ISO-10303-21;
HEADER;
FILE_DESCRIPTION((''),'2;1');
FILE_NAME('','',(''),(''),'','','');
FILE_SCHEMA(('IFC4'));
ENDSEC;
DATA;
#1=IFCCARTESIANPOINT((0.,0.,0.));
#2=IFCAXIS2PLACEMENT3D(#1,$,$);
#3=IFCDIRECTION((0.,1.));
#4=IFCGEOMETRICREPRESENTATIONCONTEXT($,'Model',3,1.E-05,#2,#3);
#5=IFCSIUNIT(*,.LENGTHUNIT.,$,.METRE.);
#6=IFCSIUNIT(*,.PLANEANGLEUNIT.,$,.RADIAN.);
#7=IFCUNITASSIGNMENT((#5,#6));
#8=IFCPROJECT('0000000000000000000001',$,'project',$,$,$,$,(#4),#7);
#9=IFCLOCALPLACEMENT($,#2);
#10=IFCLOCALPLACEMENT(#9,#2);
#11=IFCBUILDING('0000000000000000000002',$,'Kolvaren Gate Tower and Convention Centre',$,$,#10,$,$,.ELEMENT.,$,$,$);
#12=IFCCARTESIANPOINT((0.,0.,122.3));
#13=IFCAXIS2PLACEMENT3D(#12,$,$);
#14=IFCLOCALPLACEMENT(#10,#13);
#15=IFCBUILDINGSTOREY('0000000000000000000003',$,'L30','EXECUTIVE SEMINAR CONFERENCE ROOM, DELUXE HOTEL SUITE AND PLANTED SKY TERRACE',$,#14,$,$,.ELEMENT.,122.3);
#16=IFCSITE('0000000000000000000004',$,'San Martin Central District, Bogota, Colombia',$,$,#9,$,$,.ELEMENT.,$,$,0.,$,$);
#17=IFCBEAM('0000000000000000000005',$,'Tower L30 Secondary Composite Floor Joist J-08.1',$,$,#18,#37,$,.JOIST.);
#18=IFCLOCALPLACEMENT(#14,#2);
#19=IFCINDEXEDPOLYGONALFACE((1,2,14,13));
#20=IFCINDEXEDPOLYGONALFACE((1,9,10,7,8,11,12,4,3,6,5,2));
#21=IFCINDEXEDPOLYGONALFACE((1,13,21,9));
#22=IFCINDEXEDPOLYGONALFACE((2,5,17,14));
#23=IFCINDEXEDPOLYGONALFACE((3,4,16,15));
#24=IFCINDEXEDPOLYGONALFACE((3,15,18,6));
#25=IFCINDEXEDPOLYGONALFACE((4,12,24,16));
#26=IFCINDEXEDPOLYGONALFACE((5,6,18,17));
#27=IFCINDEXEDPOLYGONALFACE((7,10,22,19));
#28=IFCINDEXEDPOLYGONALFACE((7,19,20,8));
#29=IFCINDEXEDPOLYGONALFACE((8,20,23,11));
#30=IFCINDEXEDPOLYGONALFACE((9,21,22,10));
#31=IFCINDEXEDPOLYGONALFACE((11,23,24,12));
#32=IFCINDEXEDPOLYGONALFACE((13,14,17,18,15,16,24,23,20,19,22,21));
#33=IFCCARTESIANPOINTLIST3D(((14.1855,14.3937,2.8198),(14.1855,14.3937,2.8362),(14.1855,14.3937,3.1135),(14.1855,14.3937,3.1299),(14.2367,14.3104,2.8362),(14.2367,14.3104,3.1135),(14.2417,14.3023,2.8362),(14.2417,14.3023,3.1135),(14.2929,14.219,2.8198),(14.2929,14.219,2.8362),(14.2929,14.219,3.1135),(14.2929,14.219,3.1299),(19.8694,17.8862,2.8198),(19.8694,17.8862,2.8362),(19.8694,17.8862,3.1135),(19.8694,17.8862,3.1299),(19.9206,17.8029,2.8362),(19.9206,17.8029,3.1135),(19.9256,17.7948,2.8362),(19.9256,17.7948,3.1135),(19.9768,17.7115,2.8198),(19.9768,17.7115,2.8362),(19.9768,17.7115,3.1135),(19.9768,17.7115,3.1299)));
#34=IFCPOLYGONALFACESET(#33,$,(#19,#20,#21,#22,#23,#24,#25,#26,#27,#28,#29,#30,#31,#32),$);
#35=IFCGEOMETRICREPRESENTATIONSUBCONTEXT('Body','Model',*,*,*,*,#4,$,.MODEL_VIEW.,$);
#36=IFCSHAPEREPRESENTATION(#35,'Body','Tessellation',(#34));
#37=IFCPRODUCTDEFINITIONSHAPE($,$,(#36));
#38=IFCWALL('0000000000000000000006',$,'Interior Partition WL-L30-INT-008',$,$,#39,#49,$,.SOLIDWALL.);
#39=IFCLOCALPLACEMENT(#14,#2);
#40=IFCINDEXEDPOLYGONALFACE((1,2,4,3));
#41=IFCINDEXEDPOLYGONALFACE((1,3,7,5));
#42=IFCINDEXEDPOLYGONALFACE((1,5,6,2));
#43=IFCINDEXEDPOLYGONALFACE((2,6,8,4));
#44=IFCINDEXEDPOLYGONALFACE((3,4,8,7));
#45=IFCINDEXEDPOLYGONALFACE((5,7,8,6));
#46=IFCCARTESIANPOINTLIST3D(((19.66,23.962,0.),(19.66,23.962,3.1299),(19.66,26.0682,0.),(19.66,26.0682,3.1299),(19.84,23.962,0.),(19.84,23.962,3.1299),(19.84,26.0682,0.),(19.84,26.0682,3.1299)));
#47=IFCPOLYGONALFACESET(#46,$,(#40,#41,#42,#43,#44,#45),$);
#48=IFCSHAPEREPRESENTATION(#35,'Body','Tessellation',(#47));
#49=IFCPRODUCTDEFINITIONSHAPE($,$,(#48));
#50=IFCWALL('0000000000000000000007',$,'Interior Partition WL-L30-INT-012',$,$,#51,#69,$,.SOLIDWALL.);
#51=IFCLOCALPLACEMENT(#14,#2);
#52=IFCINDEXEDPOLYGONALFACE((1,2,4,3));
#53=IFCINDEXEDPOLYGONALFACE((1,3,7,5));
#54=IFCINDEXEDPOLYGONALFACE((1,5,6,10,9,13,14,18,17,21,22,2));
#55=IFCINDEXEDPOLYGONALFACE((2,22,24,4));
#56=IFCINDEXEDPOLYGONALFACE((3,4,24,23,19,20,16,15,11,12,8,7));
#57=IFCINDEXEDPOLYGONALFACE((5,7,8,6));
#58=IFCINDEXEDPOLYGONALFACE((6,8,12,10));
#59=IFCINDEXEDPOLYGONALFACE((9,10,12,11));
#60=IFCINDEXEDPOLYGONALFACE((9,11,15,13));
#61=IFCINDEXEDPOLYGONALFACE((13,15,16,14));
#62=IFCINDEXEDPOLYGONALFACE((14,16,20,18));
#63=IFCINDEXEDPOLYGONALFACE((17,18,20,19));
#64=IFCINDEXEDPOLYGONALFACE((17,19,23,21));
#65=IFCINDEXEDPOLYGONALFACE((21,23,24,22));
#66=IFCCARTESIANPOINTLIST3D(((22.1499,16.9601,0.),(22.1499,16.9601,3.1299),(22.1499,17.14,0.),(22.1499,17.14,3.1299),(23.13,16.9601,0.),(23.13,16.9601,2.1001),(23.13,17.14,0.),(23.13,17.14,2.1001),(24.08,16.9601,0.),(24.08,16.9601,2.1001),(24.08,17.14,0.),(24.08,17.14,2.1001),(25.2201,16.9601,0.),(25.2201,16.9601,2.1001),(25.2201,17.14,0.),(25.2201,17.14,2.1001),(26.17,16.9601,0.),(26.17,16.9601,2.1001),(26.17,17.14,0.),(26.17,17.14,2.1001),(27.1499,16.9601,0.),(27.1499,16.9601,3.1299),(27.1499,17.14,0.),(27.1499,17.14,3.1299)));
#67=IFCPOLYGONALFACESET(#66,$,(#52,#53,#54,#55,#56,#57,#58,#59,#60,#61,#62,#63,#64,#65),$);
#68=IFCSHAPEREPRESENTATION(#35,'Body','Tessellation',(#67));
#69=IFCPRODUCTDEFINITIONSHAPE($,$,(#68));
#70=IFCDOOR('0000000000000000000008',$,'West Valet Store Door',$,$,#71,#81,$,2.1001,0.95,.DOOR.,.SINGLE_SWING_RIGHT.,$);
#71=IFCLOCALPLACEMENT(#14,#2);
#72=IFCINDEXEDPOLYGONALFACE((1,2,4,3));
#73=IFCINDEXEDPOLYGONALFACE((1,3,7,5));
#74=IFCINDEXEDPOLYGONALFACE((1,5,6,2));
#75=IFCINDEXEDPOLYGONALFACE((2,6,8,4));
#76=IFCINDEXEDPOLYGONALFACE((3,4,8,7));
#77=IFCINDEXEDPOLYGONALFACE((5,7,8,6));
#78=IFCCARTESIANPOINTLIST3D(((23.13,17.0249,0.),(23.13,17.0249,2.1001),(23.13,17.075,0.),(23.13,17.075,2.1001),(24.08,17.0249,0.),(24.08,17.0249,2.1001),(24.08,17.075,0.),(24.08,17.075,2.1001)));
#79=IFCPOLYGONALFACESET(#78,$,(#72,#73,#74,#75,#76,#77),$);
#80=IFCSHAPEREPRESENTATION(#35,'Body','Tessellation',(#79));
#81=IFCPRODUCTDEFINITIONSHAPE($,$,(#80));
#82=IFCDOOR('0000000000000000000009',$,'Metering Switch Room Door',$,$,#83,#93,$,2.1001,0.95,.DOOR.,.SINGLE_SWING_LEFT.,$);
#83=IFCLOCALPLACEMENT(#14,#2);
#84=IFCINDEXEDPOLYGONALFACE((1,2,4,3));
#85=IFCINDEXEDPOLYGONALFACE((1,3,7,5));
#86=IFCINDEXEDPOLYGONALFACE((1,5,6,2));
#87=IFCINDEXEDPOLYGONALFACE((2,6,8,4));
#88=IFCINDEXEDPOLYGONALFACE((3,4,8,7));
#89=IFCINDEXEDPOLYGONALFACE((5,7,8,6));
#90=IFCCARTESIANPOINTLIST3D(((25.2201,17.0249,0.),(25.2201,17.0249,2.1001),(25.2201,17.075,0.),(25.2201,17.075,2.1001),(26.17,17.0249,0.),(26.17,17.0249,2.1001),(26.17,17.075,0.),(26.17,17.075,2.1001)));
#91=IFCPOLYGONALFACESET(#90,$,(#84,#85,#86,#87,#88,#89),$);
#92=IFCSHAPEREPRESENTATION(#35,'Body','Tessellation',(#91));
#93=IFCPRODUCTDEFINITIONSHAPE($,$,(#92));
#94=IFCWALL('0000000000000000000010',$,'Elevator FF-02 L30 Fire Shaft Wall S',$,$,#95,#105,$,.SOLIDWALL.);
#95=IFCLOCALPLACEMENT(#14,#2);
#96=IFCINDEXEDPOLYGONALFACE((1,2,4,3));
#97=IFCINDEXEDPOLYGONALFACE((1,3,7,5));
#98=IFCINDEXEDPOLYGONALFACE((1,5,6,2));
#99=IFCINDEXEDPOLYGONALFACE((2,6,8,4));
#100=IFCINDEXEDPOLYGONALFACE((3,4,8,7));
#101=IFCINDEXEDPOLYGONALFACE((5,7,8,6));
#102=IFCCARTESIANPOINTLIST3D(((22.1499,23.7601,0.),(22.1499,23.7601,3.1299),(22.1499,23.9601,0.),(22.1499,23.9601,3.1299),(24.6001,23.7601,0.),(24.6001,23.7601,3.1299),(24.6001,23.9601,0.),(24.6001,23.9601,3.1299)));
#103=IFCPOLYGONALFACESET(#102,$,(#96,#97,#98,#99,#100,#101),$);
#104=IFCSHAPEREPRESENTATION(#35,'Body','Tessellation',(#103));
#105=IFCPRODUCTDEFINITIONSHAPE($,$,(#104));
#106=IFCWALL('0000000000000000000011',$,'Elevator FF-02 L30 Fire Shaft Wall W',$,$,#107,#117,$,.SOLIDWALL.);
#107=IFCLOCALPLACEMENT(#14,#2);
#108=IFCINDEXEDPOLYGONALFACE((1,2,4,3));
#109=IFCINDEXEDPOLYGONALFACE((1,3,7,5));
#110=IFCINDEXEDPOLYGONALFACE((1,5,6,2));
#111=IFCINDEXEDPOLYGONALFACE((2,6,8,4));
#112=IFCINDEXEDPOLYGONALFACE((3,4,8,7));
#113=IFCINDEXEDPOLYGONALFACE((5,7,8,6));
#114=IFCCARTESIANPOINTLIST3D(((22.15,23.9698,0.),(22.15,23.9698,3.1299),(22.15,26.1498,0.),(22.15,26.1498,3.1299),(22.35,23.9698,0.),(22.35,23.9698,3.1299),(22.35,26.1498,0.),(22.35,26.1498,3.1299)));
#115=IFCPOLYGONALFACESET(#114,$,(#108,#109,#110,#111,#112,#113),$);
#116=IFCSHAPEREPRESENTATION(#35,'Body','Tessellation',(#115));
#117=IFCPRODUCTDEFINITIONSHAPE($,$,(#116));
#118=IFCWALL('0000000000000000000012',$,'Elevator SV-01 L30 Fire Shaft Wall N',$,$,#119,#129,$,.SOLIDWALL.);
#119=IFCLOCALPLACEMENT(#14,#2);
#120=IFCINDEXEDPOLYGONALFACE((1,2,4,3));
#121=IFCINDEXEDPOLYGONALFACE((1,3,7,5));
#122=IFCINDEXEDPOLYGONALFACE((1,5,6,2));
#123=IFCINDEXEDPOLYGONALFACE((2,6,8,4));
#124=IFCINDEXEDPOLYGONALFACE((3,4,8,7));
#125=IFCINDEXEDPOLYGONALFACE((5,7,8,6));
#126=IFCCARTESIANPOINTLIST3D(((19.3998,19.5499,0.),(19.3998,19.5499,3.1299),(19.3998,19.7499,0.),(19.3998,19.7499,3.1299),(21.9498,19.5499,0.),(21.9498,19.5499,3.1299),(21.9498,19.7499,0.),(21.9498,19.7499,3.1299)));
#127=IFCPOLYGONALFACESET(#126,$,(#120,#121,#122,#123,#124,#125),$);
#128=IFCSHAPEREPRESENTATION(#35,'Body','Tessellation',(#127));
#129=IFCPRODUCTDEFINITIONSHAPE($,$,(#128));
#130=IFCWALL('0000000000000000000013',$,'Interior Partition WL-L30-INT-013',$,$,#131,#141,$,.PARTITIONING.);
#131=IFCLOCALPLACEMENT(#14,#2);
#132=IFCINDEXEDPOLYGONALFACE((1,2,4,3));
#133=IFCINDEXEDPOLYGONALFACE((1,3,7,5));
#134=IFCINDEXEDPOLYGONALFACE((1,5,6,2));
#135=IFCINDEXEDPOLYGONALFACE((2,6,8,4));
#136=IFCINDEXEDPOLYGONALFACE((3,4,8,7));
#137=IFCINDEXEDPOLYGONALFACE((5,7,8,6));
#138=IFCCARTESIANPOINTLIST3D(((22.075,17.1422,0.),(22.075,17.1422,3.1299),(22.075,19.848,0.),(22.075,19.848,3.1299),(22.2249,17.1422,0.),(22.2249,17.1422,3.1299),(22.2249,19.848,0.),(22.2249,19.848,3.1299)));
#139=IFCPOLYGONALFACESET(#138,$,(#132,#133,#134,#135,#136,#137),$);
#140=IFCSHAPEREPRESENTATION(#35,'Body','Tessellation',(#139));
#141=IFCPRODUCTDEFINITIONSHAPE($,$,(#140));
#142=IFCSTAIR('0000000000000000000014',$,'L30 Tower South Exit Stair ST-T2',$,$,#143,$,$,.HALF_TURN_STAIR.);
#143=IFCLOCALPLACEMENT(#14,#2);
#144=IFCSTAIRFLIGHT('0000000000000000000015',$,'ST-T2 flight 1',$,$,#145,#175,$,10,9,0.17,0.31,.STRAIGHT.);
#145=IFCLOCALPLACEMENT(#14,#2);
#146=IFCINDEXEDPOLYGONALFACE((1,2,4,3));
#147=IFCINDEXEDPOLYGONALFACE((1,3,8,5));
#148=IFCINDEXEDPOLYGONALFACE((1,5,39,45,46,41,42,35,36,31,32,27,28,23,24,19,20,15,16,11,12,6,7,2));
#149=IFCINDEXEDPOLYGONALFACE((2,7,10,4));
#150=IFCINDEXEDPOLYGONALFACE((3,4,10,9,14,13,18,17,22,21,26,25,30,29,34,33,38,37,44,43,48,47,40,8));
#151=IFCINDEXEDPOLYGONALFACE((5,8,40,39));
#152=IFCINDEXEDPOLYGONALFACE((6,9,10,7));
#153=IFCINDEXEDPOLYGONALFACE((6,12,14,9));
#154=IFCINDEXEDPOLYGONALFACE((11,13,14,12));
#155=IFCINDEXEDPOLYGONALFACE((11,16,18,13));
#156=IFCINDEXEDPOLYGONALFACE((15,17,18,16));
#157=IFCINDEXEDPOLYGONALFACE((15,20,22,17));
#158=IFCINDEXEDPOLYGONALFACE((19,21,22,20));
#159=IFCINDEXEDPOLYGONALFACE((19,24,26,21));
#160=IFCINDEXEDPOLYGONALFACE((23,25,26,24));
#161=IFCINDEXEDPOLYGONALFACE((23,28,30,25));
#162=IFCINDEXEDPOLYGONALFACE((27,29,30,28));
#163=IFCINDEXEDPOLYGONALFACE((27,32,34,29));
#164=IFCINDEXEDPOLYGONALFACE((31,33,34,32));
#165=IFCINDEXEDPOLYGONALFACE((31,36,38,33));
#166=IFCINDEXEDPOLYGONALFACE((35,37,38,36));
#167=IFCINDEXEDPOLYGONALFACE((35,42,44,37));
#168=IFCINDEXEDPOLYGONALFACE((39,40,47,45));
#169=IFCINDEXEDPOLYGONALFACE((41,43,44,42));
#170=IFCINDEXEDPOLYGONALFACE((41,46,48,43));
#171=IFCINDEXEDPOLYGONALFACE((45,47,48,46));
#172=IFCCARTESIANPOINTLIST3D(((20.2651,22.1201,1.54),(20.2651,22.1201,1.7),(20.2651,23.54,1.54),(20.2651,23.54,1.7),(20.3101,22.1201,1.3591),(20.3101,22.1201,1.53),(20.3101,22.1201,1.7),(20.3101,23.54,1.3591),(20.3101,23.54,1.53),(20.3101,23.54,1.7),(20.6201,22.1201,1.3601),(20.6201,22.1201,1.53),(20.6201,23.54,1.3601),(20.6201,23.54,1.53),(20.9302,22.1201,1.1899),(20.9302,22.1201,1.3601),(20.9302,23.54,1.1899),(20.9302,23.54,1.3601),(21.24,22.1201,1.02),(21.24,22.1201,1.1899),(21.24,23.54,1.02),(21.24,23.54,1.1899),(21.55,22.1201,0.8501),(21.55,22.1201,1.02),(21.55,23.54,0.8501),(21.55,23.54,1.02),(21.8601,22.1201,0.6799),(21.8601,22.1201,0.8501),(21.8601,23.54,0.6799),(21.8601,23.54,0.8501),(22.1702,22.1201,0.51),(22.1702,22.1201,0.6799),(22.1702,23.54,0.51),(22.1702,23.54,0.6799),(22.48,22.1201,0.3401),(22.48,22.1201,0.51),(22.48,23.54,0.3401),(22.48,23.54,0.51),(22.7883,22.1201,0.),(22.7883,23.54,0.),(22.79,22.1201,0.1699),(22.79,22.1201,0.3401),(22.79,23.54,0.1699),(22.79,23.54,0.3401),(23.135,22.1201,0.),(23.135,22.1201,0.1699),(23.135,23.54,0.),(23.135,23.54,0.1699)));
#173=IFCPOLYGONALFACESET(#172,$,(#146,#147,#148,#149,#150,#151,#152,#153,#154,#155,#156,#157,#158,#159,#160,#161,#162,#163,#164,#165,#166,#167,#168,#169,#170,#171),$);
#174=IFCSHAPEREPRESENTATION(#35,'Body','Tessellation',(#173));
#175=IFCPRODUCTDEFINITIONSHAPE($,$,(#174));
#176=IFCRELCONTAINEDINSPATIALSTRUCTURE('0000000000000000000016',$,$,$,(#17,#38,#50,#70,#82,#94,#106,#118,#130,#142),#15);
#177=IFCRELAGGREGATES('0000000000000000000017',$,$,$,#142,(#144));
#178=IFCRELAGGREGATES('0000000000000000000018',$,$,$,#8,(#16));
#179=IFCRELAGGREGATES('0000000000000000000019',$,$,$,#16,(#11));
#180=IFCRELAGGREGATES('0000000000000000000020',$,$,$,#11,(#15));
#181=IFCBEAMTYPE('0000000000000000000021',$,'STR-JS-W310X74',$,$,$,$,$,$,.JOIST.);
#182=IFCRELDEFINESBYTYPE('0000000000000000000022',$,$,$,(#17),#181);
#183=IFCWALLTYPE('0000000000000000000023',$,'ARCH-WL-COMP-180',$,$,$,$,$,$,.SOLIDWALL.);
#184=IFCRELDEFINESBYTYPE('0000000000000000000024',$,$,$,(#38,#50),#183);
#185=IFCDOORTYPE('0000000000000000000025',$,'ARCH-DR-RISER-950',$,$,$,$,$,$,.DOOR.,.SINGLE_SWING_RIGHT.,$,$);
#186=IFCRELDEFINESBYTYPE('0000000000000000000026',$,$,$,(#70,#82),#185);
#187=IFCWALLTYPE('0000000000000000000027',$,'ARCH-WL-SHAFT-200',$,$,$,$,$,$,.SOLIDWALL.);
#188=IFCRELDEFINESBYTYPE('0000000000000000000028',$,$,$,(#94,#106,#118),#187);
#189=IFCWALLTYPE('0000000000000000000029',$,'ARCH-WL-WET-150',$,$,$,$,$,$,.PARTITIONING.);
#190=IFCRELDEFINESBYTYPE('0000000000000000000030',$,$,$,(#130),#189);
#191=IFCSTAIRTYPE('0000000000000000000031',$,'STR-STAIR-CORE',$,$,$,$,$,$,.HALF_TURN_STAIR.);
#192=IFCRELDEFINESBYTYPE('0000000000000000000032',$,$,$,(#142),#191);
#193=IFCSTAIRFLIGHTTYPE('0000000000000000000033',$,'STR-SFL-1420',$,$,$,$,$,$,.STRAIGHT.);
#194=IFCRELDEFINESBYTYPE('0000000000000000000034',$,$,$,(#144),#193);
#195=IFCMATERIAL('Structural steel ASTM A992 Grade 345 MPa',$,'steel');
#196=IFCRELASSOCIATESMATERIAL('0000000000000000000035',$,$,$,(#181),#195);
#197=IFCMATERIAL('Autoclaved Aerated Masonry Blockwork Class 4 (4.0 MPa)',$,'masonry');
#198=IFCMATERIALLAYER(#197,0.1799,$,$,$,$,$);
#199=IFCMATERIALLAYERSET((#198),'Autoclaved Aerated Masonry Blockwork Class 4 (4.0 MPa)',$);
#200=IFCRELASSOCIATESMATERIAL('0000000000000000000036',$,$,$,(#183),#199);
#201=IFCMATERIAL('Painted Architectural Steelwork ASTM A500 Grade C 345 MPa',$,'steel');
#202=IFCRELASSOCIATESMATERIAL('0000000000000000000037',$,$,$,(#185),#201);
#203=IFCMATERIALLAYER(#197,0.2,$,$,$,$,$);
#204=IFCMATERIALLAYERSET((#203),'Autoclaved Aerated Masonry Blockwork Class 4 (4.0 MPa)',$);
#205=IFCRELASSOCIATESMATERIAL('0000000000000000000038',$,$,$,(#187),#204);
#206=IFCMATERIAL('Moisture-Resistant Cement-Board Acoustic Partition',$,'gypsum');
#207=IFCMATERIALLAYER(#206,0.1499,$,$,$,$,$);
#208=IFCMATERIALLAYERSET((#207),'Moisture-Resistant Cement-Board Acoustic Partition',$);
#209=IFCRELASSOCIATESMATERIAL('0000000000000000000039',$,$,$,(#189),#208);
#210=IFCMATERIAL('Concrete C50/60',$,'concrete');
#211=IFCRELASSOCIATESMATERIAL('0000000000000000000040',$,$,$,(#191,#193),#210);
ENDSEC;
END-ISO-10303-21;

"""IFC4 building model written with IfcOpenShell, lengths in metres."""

from ifc_helpers import new_model, si_unit, direction, frame, frame_2d, origin, origin_2d, place, context, subcontext, project, spatial, polyline, rectangle, i_section, outline, extrude, material, layer, layer_set, material_profile, profile_set, type_object, element, fill, aggregate, save


model = new_model("IFC4")

# Units and contexts
model_context = context("Model", 3, precision=1e-05, world=origin(), true_north=direction((0.0, 1.0)))
body_context = subcontext(model_context, "Body", "Model", "MODEL_VIEW")
ifc_project = project(units=[si_unit("LENGTHUNIT", "METRE"), si_unit("PLANEANGLEUNIT", "RADIAN")], contexts=[model_context])

# Site, building, storey
site_placement = place(None, origin())
site = spatial("IfcSite", under=ifc_project, at=site_placement, Name="San Martin Central District, Bogota, Colombia", CompositionType="ELEMENT", RefElevation=0.0)
building_placement = place(site_placement, origin())
building = spatial("IfcBuilding", under=site, at=building_placement, Name="Kolvaren Gate Tower and Convention Centre", CompositionType="ELEMENT")
storey_placement = place(building_placement, frame((0.0, 0.0, 122.3)))
storey = spatial("IfcBuildingStorey", under=building, at=storey_placement, Name="L30", Description="EXECUTIVE SEMINAR CONFERENCE ROOM, DELUXE HOTEL SUITE AND PLANTED SKY TERRACE", CompositionType="ELEMENT", Elevation=122.3)

# Beam
ifc_material_1 = material(Name="Structural steel ASTM A992 Grade 345 MPa", Category="steel")
ifc_material_profile = material_profile(ifc_material_1, i_section(OverallWidth=0.2051, OverallDepth=0.3101, WebThickness=0.0095, FlangeThickness=0.0164, at=origin_2d()), Name="W310X74")
ifc_profile_set = profile_set([ifc_material_profile], Name="Structural steel ASTM A992 Grade 345 MPa")
beam_type = type_object("IfcBeamType", Name="STR-JS-W310X74", PredefinedType="JOIST", material=ifc_profile_set)
beam_placement = place(storey_placement, frame((19.9231, 17.7988, 2.9749), z_axis=(-0.852014, -0.523519, 0.0), x_axis=(0.523519, -0.852014, 0.0)))
element("IfcBeam", 1, at=beam_placement, inside=storey, type_object=beam_type, Name="Tower L30 Secondary Composite Floor Joist J-08.1", PredefinedType="JOIST", context=body_context, shape_type="SweptSolid", body=[
    extrude(i_section(OverallWidth=0.2051, OverallDepth=0.3101, WebThickness=0.0095, FlangeThickness=0.0164, at=origin_2d()), origin(), (0.0, 0.0, 1.0), 6.6711),
])

# Wall
ifc_material_2 = material(Name="Autoclaved Aerated Masonry Blockwork Class 4 (4.0 MPa)", Category="masonry")
ifc_layer_1 = layer(ifc_material_2, 0.1799)
ifc_layer_set_1 = layer_set([ifc_layer_1], Name="Autoclaved Aerated Masonry Blockwork Class 4 (4.0 MPa)")
wall_type_1 = type_object("IfcWallType", Name="ARCH-WL-COMP-180", PredefinedType="SOLIDWALL", material=ifc_layer_set_1)
wall_1_placement = place(storey_placement, frame((19.75, 23.9619, 0.0), z_axis=(0.0, 0.0, 1.0), x_axis=(0.0, 1.0, 0.0)))
element("IfcWall", 2, at=wall_1_placement, inside=storey, type_object=wall_type_1, Name="Interior Partition WL-L30-INT-008", PredefinedType="SOLIDWALL", context=body_context, shape_type="SweptSolid", body=[
    extrude(rectangle(XDim=2.1062, YDim=0.1799, at=frame_2d((1.0532, 0.0))), origin(), (0.0, 0.0, 1.0), 3.1299),
])

# Wall, openings, doors
wall_2_placement = place(storey_placement, frame((22.1499, 17.05, 0.0), z_axis=(0.0, 0.0, 1.0), x_axis=(1.0, 0.0, 0.0)))
wall_2 = element("IfcWall", 3, at=wall_2_placement, inside=storey, type_object=wall_type_1, Name="Interior Partition WL-L30-INT-012", PredefinedType="SOLIDWALL", context=body_context, shape_type="SweptSolid", body=[
    extrude(rectangle(XDim=5.0, YDim=0.1799, at=frame_2d((2.5, 0.0))), origin(), (0.0, 0.0, 1.0), 3.1299),
])
opening_1_placement = place(wall_2_placement, frame((0.98, 0.0, 0.0)))
opening_1 = element("IfcOpeningElement", 4, at=opening_1_placement, cuts=wall_2, PredefinedType="OPENING", context=body_context, shape_type="SweptSolid", body=[
    extrude(rectangle(XDim=0.95, YDim=2.1001, at=frame_2d((0.4751, 1.05))), frame((0.0, 0.0999, 0.0), z_axis=(0.0, -1.0, 0.0), x_axis=(1.0, 0.0, 0.0)), (0.0, 0.0, 1.0), 0.2),
])
opening_2_placement = place(wall_2_placement, frame((3.0701, 0.0, 0.0)))
opening_2 = element("IfcOpeningElement", 5, at=opening_2_placement, cuts=wall_2, PredefinedType="OPENING", context=body_context, shape_type="SweptSolid", body=[
    extrude(rectangle(XDim=0.95, YDim=2.1001, at=frame_2d((0.4751, 1.05))), frame((0.0, 0.0999, 0.0), z_axis=(0.0, -1.0, 0.0), x_axis=(1.0, 0.0, 0.0)), (0.0, 0.0, 1.0), 0.2),
])
ifc_material_3 = material(Name="Painted Architectural Steelwork ASTM A500 Grade C 345 MPa", Category="steel")
door_type = type_object("IfcDoorType", Name="ARCH-DR-RISER-950", OperationType="SINGLE_SWING_RIGHT", PredefinedType="DOOR", material=ifc_material_3)
door_1_placement = place(opening_1_placement, origin())
door_1 = element("IfcDoor", 6, at=door_1_placement, inside=storey, type_object=door_type, Name="West Valet Store Door", OperationType="SINGLE_SWING_RIGHT", OverallHeight=2.1001, OverallWidth=0.95, PredefinedType="DOOR", context=body_context, shape_type="SweptSolid", body=[
    extrude(rectangle(XDim=0.95, YDim=2.1001, at=frame_2d((0.4751, 1.05))), frame((0.0, 0.0249, 0.0), z_axis=(0.0, -1.0, 0.0), x_axis=(1.0, 0.0, 0.0)), (0.0, 0.0, 1.0), 0.05),
])
fill(opening_1, door_1)
door_2_placement = place(opening_2_placement, origin())
door_2 = element("IfcDoor", 7, at=door_2_placement, inside=storey, type_object=door_type, Name="Metering Switch Room Door", OperationType="SINGLE_SWING_LEFT", OverallHeight=2.1001, OverallWidth=0.95, PredefinedType="DOOR", context=body_context, shape_type="SweptSolid", body=[
    extrude(rectangle(XDim=0.95, YDim=2.1001, at=frame_2d((0.4751, 1.05))), frame((0.0, 0.0249, 0.0), z_axis=(0.0, -1.0, 0.0), x_axis=(1.0, 0.0, 0.0)), (0.0, 0.0, 1.0), 0.05),
])
fill(opening_2, door_2)

# Walls
ifc_layer_2 = layer(ifc_material_2, 0.2)
ifc_layer_set_2 = layer_set([ifc_layer_2], Name="Autoclaved Aerated Masonry Blockwork Class 4 (4.0 MPa)")
wall_type_2 = type_object("IfcWallType", Name="ARCH-WL-SHAFT-200", PredefinedType="SOLIDWALL", material=ifc_layer_set_2)
wall_3_placement = place(storey_placement, frame((22.1499, 23.8601, 0.0), z_axis=(0.0, 0.0, 1.0), x_axis=(1.0, 0.0, 0.0)))
element("IfcWall", 8, at=wall_3_placement, inside=storey, type_object=wall_type_2, Name="Elevator FF-02 L30 Fire Shaft Wall S", PredefinedType="SOLIDWALL", context=body_context, shape_type="SweptSolid", body=[
    extrude(rectangle(XDim=2.4502, YDim=0.2, at=frame_2d((1.2251, 0.0))), origin(), (0.0, 0.0, 1.0), 3.1299),
])
wall_4_placement = place(storey_placement, frame((22.25, 23.97, 0.0), z_axis=(0.0, 0.0, 1.0), x_axis=(0.0, 1.0, 0.0)))
element("IfcWall", 9, at=wall_4_placement, inside=storey, type_object=wall_type_2, Name="Elevator FF-02 L30 Fire Shaft Wall W", PredefinedType="SOLIDWALL", context=body_context, shape_type="SweptSolid", body=[
    extrude(rectangle(XDim=2.1799, YDim=0.2, at=frame_2d((1.0898, 0.0))), origin(), (0.0, 0.0, 1.0), 3.1299),
])
wall_5_placement = place(storey_placement, frame((19.3999, 19.6499, 0.0), z_axis=(0.0, 0.0, 1.0), x_axis=(1.0, 0.0, 0.0)))
element("IfcWall", 10, at=wall_5_placement, inside=storey, type_object=wall_type_2, Name="Elevator SV-01 L30 Fire Shaft Wall N", PredefinedType="SOLIDWALL", context=body_context, shape_type="SweptSolid", body=[
    extrude(rectangle(XDim=2.55, YDim=0.2, at=frame_2d((1.2749, 0.0))), origin(), (0.0, 0.0, 1.0), 3.1299),
])
ifc_material_4 = material(Name="Moisture-Resistant Cement-Board Acoustic Partition", Category="gypsum")
ifc_layer_3 = layer(ifc_material_4, 0.1499)
ifc_layer_set_3 = layer_set([ifc_layer_3], Name="Moisture-Resistant Cement-Board Acoustic Partition")
wall_type_3 = type_object("IfcWallType", Name="ARCH-WL-WET-150", PredefinedType="PARTITIONING", material=ifc_layer_set_3)
wall_6_placement = place(storey_placement, frame((22.1499, 17.1421, 0.0), z_axis=(0.0, 0.0, 1.0), x_axis=(0.0, 1.0, 0.0)))
element("IfcWall", 11, at=wall_6_placement, inside=storey, type_object=wall_type_3, Name="Interior Partition WL-L30-INT-013", PredefinedType="PARTITIONING", context=body_context, shape_type="SweptSolid", body=[
    extrude(rectangle(XDim=2.7058, YDim=0.1499, at=frame_2d((1.353, 0.0))), origin(), (0.0, 0.0, 1.0), 3.1299),
])

# Stair, stair flight
ifc_material_5 = material(Name="Concrete C50/60", Category="concrete")
stair_type = type_object("IfcStairType", Name="STR-STAIR-CORE", PredefinedType="HALF_TURN_STAIR", material=ifc_material_5)
stair_placement = place(storey_placement, origin())
stair = element("IfcStair", 12, at=stair_placement, inside=storey, type_object=stair_type, Name="L30 Tower South Exit Stair ST-T2", PredefinedType="HALF_TURN_STAIR")
stair_flight_type = type_object("IfcStairFlightType", Name="STR-SFL-1420", PredefinedType="STRAIGHT", material=ifc_material_5)
stair_flight_1_placement = place(storey_placement, frame((23.1001, 22.8301, 0.0), z_axis=(0.0, 0.0, 1.0), x_axis=(-1.0, 0.0, 0.0)))
stair_flight_1 = element("IfcStairFlight", 13, at=stair_flight_1_placement, type_object=stair_flight_type, Name="ST-T2 flight 1", NumberOfRisers=10, NumberOfTreads=9, PredefinedType="STRAIGHT", RiserHeight=0.17, TreadLength=0.31, context=body_context, shape_type="SweptSolid", body=[
    extrude(outline(polyline([(-0.0349, 0.0), (-0.0349, 0.1699), (0.3101, 0.1699), (0.3101, 0.3401), (0.6201, 0.3401), (0.6201, 0.51), (0.9299, 0.51), (0.9299, 0.6799), (1.24, 0.6799), (1.24, 0.8501), (1.55, 0.8501), (1.55, 1.02), (1.8601, 1.02), (1.8601, 1.1899), (2.1699, 1.1899), (2.1699, 1.3601), (2.48, 1.3601), (2.48, 1.53), (2.79, 1.53), (2.79, 1.7), (2.835, 1.7), (2.835, 1.54), (2.79, 1.3591), (0.3118, 0.0), (-0.0349, 0.0)])), frame((0.0, 0.71, 0.0), z_axis=(0.0, -1.0, 0.0), x_axis=(1.0, 0.0, 0.0)), (0.0, 0.0, 1.0), 1.4199),
])
aggregate(stair, [stair_flight_1])

save(model, "model.ifc")
